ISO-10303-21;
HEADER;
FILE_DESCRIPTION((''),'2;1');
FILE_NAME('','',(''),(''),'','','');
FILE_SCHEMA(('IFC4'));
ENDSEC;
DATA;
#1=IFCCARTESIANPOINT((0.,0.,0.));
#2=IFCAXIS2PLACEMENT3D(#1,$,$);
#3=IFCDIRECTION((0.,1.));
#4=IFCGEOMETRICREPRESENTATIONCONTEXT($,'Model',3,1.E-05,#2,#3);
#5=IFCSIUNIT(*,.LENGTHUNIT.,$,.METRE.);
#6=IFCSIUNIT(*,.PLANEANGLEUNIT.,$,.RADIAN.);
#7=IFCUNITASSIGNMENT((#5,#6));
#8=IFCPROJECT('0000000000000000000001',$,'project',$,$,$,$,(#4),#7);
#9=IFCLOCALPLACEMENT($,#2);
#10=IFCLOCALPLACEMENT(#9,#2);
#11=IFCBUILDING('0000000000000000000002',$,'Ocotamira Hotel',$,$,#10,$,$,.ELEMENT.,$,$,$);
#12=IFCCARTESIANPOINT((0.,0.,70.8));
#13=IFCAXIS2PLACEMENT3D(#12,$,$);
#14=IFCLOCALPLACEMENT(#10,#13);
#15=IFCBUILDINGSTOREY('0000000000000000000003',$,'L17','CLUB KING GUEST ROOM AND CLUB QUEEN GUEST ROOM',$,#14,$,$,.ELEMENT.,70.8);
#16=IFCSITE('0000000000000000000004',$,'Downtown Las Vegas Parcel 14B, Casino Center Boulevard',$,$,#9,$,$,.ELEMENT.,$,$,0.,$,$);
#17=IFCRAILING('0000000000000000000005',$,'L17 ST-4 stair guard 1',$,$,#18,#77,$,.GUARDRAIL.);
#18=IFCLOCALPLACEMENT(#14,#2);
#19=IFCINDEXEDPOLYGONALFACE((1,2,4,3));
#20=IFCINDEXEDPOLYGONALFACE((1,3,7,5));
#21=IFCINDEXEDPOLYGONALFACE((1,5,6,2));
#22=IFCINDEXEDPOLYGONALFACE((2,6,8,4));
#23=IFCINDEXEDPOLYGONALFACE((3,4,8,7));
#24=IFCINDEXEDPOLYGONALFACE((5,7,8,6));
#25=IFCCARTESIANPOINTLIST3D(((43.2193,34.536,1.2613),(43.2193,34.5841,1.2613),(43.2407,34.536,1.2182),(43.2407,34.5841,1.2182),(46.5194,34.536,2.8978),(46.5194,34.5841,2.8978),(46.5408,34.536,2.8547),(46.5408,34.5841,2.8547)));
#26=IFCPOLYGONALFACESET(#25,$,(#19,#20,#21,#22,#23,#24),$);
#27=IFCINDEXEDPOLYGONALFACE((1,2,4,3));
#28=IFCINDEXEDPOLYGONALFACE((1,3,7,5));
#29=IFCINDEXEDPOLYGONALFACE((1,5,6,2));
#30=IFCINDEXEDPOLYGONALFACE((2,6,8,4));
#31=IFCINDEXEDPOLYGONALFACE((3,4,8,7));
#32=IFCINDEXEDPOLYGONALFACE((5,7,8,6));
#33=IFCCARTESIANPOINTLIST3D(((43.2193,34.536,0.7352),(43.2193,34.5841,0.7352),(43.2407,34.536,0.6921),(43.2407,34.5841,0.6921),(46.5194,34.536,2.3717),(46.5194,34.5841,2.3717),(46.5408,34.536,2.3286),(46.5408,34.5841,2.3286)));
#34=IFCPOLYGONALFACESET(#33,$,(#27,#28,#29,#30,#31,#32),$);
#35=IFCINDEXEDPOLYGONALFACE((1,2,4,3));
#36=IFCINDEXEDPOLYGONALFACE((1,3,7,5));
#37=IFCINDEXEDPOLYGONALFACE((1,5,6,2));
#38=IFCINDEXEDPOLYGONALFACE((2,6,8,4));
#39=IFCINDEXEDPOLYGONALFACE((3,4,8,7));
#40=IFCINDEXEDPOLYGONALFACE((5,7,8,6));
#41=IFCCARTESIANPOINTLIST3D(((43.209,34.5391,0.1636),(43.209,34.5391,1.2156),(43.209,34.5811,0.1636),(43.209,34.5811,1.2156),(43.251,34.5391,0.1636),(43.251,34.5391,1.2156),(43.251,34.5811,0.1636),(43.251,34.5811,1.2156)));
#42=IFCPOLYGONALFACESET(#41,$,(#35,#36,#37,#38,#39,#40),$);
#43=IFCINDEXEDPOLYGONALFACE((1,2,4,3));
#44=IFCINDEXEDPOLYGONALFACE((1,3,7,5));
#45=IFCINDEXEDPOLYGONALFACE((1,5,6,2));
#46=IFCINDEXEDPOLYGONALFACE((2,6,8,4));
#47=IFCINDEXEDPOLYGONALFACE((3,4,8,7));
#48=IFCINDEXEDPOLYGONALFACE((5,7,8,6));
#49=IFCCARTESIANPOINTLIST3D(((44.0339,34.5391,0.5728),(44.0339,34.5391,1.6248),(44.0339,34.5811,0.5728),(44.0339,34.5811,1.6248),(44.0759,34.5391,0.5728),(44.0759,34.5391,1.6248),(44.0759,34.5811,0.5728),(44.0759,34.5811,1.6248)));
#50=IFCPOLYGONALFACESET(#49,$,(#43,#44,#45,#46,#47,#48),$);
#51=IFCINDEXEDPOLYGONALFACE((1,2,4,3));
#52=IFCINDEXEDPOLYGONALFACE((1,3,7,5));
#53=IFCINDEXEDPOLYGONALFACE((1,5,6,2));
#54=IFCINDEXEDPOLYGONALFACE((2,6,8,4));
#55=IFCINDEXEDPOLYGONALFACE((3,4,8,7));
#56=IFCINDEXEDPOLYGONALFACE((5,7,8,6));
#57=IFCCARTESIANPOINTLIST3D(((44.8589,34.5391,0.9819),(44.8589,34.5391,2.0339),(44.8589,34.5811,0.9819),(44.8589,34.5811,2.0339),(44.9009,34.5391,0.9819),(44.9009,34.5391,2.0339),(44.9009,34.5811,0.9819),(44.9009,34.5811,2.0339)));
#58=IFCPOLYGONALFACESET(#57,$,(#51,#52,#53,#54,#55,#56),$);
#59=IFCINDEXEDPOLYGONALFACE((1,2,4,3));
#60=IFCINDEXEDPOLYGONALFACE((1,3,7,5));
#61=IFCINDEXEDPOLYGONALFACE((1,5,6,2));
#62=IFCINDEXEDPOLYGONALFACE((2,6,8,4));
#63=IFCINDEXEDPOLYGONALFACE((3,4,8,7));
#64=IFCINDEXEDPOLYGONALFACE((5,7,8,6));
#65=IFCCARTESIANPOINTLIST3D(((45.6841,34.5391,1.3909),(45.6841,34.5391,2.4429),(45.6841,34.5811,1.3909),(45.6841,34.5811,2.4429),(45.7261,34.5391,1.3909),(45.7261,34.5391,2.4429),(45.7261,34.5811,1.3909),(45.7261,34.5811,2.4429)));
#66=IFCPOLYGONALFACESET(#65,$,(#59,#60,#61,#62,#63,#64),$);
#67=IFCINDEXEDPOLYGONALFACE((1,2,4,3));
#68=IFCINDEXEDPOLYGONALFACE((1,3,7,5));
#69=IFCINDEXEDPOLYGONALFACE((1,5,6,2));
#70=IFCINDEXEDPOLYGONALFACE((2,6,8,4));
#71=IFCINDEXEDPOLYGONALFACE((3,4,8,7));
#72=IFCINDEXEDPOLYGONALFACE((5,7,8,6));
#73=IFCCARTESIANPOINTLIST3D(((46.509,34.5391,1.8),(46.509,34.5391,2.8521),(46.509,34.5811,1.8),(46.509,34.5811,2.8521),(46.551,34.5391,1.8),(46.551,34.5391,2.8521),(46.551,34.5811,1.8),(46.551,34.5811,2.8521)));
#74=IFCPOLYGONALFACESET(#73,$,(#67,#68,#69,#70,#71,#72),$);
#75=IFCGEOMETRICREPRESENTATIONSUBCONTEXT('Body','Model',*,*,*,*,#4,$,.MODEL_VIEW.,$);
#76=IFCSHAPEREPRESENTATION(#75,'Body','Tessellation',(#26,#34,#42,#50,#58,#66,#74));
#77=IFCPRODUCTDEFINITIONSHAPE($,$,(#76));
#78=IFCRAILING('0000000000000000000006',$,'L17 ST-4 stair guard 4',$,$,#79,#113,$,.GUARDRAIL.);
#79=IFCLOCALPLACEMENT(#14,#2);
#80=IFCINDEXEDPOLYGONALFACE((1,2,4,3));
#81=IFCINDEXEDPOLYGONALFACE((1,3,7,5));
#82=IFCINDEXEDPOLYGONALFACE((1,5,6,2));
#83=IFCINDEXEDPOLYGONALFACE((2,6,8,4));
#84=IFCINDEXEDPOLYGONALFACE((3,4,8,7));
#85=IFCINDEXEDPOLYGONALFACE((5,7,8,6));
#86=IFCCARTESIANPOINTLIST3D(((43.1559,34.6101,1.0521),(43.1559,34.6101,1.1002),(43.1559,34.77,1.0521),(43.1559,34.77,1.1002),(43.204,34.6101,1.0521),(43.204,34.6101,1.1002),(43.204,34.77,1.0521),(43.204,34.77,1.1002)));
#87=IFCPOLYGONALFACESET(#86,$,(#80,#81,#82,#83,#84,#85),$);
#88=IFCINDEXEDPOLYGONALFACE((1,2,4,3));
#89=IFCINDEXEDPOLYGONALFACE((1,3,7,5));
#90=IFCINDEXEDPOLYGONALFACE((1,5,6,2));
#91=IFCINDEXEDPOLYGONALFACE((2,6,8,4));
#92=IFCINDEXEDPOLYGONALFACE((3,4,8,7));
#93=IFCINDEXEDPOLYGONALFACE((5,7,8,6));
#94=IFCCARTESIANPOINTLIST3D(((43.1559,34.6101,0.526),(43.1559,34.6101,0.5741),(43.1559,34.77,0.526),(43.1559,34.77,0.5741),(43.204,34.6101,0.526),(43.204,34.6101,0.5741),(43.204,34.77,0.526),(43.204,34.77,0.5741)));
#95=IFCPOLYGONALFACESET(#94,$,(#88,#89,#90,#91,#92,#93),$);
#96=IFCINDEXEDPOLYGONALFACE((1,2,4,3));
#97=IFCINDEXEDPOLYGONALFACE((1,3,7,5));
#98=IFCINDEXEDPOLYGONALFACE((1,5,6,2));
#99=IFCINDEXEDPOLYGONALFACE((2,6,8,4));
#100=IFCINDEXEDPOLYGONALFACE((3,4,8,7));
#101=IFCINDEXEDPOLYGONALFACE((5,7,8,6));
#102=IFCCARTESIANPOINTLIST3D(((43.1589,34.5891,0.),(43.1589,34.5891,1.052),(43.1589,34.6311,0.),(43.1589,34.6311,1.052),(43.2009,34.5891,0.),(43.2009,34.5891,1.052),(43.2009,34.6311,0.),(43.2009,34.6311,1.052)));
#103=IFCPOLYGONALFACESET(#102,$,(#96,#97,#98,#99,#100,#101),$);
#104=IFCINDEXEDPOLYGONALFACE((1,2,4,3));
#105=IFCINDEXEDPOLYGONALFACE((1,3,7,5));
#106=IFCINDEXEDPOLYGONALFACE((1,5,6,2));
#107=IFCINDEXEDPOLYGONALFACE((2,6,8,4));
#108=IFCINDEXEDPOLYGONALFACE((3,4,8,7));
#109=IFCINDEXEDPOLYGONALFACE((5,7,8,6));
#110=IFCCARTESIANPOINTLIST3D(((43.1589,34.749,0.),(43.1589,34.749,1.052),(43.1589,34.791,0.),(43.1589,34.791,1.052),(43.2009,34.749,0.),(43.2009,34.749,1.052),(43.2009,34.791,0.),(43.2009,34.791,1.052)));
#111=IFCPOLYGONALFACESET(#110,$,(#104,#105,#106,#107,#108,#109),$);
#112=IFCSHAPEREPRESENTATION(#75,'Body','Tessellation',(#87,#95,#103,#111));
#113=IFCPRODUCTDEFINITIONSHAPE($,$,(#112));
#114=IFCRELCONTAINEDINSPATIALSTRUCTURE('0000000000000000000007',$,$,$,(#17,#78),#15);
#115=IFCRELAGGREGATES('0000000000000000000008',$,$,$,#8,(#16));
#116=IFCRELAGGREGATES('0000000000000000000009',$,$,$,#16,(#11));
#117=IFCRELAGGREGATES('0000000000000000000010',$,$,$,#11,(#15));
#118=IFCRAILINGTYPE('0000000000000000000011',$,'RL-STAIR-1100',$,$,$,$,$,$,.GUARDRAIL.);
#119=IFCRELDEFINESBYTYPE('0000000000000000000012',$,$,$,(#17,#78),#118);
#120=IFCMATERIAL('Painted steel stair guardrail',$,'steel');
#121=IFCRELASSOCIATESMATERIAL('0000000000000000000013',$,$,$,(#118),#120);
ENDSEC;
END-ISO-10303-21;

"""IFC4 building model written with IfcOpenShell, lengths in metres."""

from ifc_helpers import new_model, si_unit, direction, frame, origin, origin_2d, place, context, subcontext, project, spatial, rectangle, extrude, material, type_object, element, save


model = new_model("IFC4")

# Units and contexts
model_context = context("Model", 3, precision=1e-05, world=origin(), true_north=direction((0.0, 1.0)))
body_context = subcontext(model_context, "Body", "Model", "MODEL_VIEW")
ifc_project = project(units=[si_unit("LENGTHUNIT", "METRE"), si_unit("PLANEANGLEUNIT", "RADIAN")], contexts=[model_context])

# Site, building, storey
site_placement = place(None, origin())
site = spatial("IfcSite", under=ifc_project, at=site_placement, Name="Downtown Las Vegas Parcel 14B, Casino Center Boulevard", CompositionType="ELEMENT", RefElevation=0.0)
building_placement = place(site_placement, origin())
building = spatial("IfcBuilding", under=site, at=building_placement, Name="Ocotamira Hotel", CompositionType="ELEMENT")
storey_placement = place(building_placement, frame((0.0, 0.0, 70.8)))
storey = spatial("IfcBuildingStorey", under=building, at=storey_placement, Name="L17", Description="CLUB KING GUEST ROOM AND CLUB QUEEN GUEST ROOM", CompositionType="ELEMENT", Elevation=70.8)

# Railings
ifc_material_1 = material(Name="Painted steel stair guardrail", Category="steel")
railing_type_1 = type_object("IfcRailingType", Name="RL-STAIR-1100", PredefinedType="GUARDRAIL", material=ifc_material_1)
railing_1_placement = place(storey_placement, frame((43.23, 34.5601, 0.1636)))
element("IfcRailing", 1, at=railing_1_placement, inside=storey, type_object=railing_type_1, Name="L17 ST-4 stair guard 1", PredefinedType="GUARDRAIL", context=body_context, shape_type="SweptSolid", body=[
    extrude(rectangle(XDim=0.0481, YDim=0.0481, at=origin_2d()), frame((0.0, 0.0, 1.0762), z_axis=(0.895894, 0.0, 0.444268), x_axis=(0.0, 1.0, 0.0)), (0.0, 0.0, 1.0), 3.6836),
    extrude(rectangle(XDim=0.0481, YDim=0.0481, at=origin_2d()), frame((0.0, 0.0, 0.55), z_axis=(0.895894, 0.0, 0.444268), x_axis=(0.0, 1.0, 0.0)), (0.0, 0.0, 1.0), 3.6836),
    extrude(rectangle(XDim=0.042, YDim=0.042, at=origin_2d()), origin(), (0.0, 0.0, 1.0), 1.052),
    extrude(rectangle(XDim=0.042, YDim=0.042, at=origin_2d()), frame((0.825, 0.0, 0.4092)), (0.0, 0.0, 1.0), 1.052),
    extrude(rectangle(XDim=0.042, YDim=0.042, at=origin_2d()), frame((1.6499, 0.0, 0.8184)), (0.0, 0.0, 1.0), 1.052),
    extrude(rectangle(XDim=0.042, YDim=0.042, at=origin_2d()), frame((2.4751, 0.0, 1.2273)), (0.0, 0.0, 1.0), 1.052),
    extrude(rectangle(XDim=0.042, YDim=0.042, at=origin_2d()), frame((3.3, 0.0, 1.6365)), (0.0, 0.0, 1.0), 1.052),
])
railing_2_placement = place(storey_placement, frame((43.1799, 34.6101, 0.0)))
element("IfcRailing", 2, at=railing_2_placement, inside=storey, type_object=railing_type_1, Name="L17 ST-4 stair guard 4", PredefinedType="GUARDRAIL", context=body_context, shape_type="SweptSolid", body=[
    extrude(rectangle(XDim=0.0481, YDim=0.0481, at=origin_2d()), frame((0.0, 0.0, 1.0762), z_axis=(0.0, 1.0, 0.0), x_axis=(-1.0, 0.0, 0.0)), (0.0, 0.0, 1.0), 0.1599),
    extrude(rectangle(XDim=0.0481, YDim=0.0481, at=origin_2d()), frame((0.0, 0.0, 0.55), z_axis=(0.0, 1.0, 0.0), x_axis=(-1.0, 0.0, 0.0)), (0.0, 0.0, 1.0), 0.1599),
    extrude(rectangle(XDim=0.042, YDim=0.042, at=origin_2d()), origin(), (0.0, 0.0, 1.0), 1.052),
    extrude(rectangle(XDim=0.042, YDim=0.042, at=origin_2d()), frame((0.0, 0.1599, 0.0)), (0.0, 0.0, 1.0), 1.052),
])

save(model, "model.ifc")
